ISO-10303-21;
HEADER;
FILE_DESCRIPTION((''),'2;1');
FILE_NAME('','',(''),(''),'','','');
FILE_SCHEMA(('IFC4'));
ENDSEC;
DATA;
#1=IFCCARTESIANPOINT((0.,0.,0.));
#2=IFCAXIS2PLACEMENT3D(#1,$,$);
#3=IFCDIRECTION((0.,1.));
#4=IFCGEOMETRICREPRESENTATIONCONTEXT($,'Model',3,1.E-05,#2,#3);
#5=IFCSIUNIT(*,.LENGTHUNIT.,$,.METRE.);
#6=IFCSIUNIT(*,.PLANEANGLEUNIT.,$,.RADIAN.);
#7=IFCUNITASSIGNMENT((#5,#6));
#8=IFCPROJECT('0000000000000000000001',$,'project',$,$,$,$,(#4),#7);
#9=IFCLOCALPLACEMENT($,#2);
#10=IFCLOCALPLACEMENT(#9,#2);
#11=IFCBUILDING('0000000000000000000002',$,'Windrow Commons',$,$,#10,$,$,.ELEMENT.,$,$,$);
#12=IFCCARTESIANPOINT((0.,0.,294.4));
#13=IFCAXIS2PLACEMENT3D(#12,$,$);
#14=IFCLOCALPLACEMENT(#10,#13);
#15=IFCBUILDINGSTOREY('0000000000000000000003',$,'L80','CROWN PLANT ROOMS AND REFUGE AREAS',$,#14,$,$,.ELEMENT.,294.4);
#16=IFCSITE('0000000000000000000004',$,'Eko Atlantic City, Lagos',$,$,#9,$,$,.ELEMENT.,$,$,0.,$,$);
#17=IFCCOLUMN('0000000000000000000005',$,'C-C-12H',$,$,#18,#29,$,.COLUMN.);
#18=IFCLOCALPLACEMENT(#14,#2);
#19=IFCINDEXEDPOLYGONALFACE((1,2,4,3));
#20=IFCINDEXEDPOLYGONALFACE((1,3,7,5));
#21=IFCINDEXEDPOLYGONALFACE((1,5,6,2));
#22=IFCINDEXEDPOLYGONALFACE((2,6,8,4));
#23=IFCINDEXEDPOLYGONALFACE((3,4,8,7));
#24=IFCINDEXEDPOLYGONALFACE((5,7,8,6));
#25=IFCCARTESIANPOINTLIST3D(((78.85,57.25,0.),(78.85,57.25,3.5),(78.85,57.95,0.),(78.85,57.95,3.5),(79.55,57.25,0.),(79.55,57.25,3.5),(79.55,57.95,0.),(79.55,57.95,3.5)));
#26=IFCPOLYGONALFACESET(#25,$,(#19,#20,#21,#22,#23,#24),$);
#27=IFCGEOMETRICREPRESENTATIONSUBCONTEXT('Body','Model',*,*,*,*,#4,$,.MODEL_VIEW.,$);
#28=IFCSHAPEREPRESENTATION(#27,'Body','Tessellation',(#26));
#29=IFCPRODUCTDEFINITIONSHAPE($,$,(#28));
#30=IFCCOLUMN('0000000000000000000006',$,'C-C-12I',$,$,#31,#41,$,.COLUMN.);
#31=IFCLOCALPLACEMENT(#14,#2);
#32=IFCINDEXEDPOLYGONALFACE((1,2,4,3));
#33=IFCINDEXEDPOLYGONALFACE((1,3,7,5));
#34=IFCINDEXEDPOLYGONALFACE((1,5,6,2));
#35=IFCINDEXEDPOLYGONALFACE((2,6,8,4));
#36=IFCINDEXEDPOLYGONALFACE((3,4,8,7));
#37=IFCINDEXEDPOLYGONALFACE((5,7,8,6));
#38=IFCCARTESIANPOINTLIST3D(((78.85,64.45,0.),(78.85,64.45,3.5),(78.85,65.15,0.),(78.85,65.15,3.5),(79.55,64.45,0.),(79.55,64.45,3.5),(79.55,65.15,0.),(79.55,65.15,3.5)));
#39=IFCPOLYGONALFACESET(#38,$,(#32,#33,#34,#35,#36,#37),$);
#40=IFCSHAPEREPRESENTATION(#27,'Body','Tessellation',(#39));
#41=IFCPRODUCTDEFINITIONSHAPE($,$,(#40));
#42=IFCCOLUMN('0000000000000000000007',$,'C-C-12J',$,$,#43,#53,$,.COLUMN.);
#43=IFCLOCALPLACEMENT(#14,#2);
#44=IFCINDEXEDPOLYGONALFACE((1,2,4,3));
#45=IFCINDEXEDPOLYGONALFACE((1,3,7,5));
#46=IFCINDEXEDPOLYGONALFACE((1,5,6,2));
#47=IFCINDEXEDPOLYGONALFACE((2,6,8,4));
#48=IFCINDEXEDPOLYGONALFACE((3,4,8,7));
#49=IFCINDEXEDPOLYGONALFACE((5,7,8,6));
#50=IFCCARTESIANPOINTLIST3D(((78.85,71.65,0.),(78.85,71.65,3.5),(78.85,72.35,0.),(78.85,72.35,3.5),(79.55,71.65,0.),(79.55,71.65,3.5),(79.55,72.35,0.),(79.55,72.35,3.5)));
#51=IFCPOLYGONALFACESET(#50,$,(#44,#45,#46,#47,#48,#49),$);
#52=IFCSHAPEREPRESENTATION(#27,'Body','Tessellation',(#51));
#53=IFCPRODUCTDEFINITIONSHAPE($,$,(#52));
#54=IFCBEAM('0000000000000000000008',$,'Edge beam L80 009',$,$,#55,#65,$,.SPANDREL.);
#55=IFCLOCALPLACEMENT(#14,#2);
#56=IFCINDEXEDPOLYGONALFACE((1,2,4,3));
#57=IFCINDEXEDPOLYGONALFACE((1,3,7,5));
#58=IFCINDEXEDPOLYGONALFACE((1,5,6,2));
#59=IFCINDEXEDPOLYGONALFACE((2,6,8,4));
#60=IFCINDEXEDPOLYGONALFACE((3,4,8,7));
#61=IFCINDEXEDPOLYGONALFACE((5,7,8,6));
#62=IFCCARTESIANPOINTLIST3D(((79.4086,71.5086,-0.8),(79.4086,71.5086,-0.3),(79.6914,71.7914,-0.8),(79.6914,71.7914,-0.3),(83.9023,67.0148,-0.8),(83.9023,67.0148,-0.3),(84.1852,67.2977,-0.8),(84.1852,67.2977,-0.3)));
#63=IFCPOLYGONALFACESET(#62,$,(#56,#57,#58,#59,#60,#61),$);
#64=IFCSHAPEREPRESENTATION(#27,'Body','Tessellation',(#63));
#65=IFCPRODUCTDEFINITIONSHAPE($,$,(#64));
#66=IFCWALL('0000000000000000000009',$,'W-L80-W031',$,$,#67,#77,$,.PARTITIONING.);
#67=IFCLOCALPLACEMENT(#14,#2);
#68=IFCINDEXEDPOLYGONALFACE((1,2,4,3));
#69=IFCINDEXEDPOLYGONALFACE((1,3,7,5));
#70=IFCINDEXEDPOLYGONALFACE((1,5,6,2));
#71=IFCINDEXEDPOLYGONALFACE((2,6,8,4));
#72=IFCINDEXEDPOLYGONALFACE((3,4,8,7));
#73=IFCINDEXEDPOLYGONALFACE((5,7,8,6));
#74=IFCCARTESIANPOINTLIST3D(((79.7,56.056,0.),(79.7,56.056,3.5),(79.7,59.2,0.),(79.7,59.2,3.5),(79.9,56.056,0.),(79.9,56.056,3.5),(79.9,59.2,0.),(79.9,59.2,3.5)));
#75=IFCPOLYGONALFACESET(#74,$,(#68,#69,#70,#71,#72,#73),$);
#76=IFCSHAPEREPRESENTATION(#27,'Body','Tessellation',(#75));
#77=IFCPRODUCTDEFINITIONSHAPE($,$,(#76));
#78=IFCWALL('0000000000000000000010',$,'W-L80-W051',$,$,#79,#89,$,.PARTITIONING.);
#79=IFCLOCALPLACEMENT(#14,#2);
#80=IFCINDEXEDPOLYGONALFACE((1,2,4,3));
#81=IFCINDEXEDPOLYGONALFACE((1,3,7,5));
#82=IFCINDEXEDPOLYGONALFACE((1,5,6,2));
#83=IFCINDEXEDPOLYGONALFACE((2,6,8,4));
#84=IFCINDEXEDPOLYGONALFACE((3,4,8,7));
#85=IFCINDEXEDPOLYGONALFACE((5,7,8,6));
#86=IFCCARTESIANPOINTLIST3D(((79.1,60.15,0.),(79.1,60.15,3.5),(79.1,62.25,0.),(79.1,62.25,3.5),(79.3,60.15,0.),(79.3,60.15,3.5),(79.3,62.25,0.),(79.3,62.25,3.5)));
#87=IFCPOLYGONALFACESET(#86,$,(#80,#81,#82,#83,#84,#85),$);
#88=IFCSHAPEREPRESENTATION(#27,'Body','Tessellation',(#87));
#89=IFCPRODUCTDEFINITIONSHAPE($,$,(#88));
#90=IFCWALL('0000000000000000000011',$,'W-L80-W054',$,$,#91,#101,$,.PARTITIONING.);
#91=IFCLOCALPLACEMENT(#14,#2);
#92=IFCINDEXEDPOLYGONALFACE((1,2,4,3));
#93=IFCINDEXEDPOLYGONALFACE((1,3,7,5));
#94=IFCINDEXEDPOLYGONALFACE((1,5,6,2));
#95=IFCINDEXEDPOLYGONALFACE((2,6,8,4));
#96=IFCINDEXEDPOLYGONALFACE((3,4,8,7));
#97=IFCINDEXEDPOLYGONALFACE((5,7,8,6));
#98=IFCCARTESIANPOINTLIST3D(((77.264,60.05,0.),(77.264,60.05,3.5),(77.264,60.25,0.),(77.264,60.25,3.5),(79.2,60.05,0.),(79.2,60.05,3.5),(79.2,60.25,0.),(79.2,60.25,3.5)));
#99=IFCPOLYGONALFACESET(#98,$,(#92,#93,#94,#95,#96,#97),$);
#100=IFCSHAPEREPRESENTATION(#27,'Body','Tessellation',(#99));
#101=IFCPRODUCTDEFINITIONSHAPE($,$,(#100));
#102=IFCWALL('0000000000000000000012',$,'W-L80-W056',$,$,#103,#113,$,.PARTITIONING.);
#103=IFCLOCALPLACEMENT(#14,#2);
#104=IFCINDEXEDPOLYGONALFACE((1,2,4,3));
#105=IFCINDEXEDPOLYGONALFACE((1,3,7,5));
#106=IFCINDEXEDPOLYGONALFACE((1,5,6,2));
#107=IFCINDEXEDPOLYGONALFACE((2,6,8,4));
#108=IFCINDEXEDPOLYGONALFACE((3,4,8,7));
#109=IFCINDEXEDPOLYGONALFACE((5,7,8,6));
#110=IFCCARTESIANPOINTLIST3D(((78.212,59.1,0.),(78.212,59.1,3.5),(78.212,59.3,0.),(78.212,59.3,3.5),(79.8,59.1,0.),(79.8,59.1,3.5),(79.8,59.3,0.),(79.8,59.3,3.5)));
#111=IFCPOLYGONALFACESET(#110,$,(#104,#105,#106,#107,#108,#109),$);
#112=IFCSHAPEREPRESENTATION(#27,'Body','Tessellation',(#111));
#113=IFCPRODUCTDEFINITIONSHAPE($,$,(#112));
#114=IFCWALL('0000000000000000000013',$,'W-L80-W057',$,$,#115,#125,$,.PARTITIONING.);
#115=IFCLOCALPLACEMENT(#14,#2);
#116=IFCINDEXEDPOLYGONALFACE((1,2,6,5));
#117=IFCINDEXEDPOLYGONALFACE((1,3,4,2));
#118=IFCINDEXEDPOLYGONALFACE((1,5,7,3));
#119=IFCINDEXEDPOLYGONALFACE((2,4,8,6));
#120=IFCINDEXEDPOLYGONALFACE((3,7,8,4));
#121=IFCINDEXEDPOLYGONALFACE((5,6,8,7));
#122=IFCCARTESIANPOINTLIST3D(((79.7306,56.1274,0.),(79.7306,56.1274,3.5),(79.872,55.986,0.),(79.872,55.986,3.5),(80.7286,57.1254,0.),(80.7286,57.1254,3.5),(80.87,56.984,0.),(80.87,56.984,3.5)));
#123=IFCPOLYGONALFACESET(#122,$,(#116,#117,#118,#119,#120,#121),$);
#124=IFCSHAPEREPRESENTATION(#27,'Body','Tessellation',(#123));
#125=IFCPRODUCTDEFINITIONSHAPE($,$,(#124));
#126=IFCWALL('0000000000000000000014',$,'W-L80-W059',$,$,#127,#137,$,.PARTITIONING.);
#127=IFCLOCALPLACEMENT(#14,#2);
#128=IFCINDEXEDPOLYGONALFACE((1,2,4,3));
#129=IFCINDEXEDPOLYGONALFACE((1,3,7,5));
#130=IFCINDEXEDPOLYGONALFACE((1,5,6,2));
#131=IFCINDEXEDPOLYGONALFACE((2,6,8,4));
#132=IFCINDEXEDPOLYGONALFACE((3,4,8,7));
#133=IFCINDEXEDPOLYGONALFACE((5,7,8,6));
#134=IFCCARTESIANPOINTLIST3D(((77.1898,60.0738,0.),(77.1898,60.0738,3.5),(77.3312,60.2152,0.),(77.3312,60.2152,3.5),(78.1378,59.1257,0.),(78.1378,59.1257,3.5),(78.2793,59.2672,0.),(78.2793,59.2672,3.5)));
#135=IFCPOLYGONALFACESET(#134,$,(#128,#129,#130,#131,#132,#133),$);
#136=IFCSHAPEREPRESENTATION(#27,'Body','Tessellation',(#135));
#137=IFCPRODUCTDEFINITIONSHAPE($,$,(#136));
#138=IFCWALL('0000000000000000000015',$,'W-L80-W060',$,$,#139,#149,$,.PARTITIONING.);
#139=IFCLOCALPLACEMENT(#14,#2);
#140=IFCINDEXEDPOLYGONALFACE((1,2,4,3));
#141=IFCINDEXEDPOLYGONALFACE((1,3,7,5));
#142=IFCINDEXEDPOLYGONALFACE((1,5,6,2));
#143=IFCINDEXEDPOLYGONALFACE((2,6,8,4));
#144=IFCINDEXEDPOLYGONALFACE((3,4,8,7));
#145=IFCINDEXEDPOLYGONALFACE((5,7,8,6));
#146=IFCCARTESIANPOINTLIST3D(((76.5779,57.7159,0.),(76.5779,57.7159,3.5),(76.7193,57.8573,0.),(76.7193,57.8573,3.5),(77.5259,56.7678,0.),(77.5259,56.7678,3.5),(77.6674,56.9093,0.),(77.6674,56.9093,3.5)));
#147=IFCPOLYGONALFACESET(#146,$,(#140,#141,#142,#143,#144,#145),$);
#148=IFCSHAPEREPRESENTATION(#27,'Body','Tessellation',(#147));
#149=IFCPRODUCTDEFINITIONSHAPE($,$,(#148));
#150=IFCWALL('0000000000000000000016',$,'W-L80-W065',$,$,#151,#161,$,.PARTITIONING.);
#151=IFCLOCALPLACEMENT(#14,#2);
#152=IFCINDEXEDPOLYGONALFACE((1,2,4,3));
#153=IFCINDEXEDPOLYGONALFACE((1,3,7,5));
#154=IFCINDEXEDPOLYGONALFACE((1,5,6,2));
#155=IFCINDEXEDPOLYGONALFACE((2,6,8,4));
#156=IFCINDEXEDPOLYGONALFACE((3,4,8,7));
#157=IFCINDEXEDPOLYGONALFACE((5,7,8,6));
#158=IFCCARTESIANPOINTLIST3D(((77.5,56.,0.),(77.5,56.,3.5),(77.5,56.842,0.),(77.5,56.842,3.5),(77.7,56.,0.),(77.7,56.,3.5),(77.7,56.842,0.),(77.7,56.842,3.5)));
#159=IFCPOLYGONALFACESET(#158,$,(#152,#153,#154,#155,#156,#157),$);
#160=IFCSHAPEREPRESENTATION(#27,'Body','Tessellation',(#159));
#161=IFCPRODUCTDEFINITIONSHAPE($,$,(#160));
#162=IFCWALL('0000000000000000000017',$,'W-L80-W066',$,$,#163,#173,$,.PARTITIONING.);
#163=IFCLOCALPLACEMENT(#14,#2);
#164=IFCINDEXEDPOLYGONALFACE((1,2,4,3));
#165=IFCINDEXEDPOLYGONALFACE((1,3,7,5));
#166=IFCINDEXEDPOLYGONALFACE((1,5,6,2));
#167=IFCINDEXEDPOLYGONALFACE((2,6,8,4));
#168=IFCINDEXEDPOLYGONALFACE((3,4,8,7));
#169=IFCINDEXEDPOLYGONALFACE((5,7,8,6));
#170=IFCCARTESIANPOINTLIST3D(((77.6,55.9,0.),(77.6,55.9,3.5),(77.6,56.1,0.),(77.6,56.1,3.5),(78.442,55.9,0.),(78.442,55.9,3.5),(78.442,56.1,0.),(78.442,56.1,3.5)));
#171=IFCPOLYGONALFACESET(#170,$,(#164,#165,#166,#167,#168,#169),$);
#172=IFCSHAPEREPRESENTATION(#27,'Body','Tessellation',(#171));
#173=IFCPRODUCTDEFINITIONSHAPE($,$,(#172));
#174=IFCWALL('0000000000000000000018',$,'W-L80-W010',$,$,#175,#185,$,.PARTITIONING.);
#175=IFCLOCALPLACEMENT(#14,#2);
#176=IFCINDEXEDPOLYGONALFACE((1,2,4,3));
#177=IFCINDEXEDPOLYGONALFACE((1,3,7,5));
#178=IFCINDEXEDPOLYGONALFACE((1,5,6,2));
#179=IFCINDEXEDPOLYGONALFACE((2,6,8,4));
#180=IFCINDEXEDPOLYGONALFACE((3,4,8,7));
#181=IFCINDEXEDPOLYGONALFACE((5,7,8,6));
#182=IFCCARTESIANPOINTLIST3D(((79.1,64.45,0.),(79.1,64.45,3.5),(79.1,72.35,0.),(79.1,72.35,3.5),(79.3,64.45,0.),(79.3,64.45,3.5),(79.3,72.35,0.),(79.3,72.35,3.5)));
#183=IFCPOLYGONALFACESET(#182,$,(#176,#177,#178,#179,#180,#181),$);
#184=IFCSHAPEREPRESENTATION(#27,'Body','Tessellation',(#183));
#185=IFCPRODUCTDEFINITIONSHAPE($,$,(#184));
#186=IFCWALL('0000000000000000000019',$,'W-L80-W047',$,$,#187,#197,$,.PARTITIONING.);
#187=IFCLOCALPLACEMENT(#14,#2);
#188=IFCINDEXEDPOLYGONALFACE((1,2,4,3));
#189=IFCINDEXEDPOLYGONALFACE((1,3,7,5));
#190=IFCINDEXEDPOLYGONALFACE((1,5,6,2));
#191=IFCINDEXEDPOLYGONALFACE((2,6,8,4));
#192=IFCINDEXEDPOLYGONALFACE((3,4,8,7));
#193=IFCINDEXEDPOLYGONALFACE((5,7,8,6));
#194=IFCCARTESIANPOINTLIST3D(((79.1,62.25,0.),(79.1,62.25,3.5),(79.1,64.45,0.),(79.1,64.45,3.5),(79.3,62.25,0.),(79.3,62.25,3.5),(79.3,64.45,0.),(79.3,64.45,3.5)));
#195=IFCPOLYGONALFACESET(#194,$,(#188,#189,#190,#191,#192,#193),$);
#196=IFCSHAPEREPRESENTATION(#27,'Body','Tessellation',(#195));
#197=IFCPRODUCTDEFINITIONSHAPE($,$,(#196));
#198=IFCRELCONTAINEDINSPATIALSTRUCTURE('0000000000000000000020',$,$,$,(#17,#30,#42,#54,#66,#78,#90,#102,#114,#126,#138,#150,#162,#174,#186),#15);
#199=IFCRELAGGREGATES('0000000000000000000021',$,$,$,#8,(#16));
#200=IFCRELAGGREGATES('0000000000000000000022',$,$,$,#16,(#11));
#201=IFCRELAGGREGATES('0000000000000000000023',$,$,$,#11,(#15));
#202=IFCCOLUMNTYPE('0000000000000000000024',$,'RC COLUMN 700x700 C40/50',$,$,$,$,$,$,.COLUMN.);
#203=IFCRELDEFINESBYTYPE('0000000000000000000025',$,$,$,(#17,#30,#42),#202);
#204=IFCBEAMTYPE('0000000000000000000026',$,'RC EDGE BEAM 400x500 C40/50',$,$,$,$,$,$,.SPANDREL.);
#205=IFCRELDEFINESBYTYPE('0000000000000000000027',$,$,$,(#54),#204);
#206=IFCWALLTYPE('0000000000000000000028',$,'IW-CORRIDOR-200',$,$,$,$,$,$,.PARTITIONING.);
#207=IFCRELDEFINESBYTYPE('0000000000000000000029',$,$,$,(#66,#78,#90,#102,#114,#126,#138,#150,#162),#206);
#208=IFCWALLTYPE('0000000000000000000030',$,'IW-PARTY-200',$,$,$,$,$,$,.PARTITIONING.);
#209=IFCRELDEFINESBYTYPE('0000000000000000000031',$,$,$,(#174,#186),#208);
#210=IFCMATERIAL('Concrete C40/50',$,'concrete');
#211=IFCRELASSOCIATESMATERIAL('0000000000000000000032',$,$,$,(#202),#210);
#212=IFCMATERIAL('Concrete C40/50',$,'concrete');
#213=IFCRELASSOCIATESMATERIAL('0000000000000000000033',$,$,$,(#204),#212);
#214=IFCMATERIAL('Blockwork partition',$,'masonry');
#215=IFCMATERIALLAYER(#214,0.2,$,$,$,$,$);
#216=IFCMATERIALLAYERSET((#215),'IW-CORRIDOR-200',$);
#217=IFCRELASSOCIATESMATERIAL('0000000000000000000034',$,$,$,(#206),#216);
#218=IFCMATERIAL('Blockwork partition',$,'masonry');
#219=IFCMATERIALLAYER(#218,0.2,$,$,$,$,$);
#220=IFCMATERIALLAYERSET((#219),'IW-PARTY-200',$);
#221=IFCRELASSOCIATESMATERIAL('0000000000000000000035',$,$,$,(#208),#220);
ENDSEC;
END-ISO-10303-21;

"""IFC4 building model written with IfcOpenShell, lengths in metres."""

from ifc_helpers import new_model, si_unit, direction, frame, frame_2d, origin, origin_2d, place, context, subcontext, project, spatial, rectangle, extrude, material, layer, layer_set, material_profile, profile_set, type_object, element, save


model = new_model("IFC4")

# Units and contexts
model_context = context("Model", 3, precision=1e-05, world=origin(), true_north=direction((0.0, 1.0)))
body_context = subcontext(model_context, "Body", "Model", "MODEL_VIEW")
ifc_project = project(units=[si_unit("LENGTHUNIT", "METRE"), si_unit("PLANEANGLEUNIT", "RADIAN")], contexts=[model_context])

# Site, building, storey
site_placement = place(None, origin())
site = spatial("IfcSite", under=ifc_project, at=site_placement, Name="Eko Atlantic City, Lagos", CompositionType="ELEMENT", RefElevation=0.0)
building_placement = place(site_placement, origin())
building = spatial("IfcBuilding", under=site, at=building_placement, Name="Windrow Commons", CompositionType="ELEMENT")
storey_placement = place(building_placement, frame((0.0, 0.0, 294.4)))
storey = spatial("IfcBuildingStorey", under=building, at=storey_placement, Name="L80", Description="CROWN PLANT ROOMS AND REFUGE AREAS", CompositionType="ELEMENT", Elevation=294.4)

# Columns
ifc_material_1 = material(Name="Concrete C40/50", Category="concrete")
ifc_material_profile_1 = material_profile(ifc_material_1, rectangle(XDim=0.7, YDim=0.7, at=origin_2d()))
ifc_profile_set_1 = profile_set([ifc_material_profile_1], Name="Concrete C40/50")
column_type = type_object("IfcColumnType", Name="RC COLUMN 700x700 C40/50", PredefinedType="COLUMN", material=ifc_profile_set_1)
for number, where, z_axis, x_axis, name in (
    (1, (79.2, 57.6, 0.0), (0.0, 0.0, 1.0), (1.0, 0.0, 0.0), "C-C-12H"),
    (2, (79.2, 64.8, 0.0), (0.0, 0.0, 1.0), (1.0, 0.0, 0.0), "C-C-12I"),
    (3, (79.2, 72.0, 0.0), (0.0, 0.0, 1.0), (1.0, 0.0, 0.0), "C-C-12J"),
):
    element("IfcColumn", number, at=place(storey_placement, frame(where, z_axis=z_axis, x_axis=x_axis)), inside=storey, type_object=column_type, Name=name, PredefinedType="COLUMN", context=body_context, shape_type="SweptSolid", body=[
        extrude(rectangle(XDim=0.7, YDim=0.7, at=origin_2d()), origin(), (0.0, 0.0, 1.0), 3.5),
    ])

# Beam
ifc_material_2 = material(Name="Concrete C40/50", Category="concrete")
ifc_material_profile_2 = material_profile(ifc_material_2, rectangle(XDim=0.4, YDim=0.5, at=origin_2d()))
ifc_profile_set_2 = profile_set([ifc_material_profile_2], Name="Concrete C40/50")
beam_type = type_object("IfcBeamType", Name="RC EDGE BEAM 400x500 C40/50", PredefinedType="SPANDREL", material=ifc_profile_set_2)
beam_placement = place(storey_placement, frame((79.55, 71.65, -0.55), z_axis=(0.707107, -0.707107, 0.0), x_axis=(0.707107, 0.707107, 0.0)))
element("IfcBeam", 4, at=beam_placement, inside=storey, type_object=beam_type, Name="Edge beam L80 009", PredefinedType="SPANDREL", context=body_context, shape_type="SweptSolid", body=[
    extrude(rectangle(XDim=0.4, YDim=0.5, at=origin_2d()), origin(), (0.0, 0.0, 1.0), 6.3551),
])

# Walls
ifc_material_3 = material(Name="Blockwork partition", Category="masonry")
ifc_layer_1 = layer(ifc_material_3, 0.2)
ifc_layer_set_1 = layer_set([ifc_layer_1], Name="IW-CORRIDOR-200")
wall_type_1 = type_object("IfcWallType", Name="IW-CORRIDOR-200", PredefinedType="PARTITIONING", material=ifc_layer_set_1)
wall_1_placement = place(storey_placement, frame((79.8, 56.056, 0.0), z_axis=(0.0, 0.0, 1.0), x_axis=(0.0, 1.0, 0.0)))
element("IfcWall", 5, at=wall_1_placement, inside=storey, type_object=wall_type_1, Name="W-L80-W031", PredefinedType="PARTITIONING", context=body_context, shape_type="SweptSolid", body=[
    extrude(rectangle(XDim=3.144, YDim=0.2, at=frame_2d((1.572, 0.0))), origin(), (0.0, 0.0, 1.0), 3.5),
])
wall_2_placement = place(storey_placement, frame((79.2, 60.15, 0.0), z_axis=(0.0, 0.0, 1.0), x_axis=(0.0, 1.0, 0.0)))
element("IfcWall", 6, at=wall_2_placement, inside=storey, type_object=wall_type_1, Name="W-L80-W051", PredefinedType="PARTITIONING", context=body_context, shape_type="SweptSolid", body=[
    extrude(rectangle(XDim=2.1, YDim=0.2, at=frame_2d((1.05, 0.0))), origin(), (0.0, 0.0, 1.0), 3.5),
])
wall_3_placement = place(storey_placement, frame((77.264, 60.15, 0.0), z_axis=(0.0, 0.0, 1.0), x_axis=(1.0, 0.0, 0.0)))
element("IfcWall", 7, at=wall_3_placement, inside=storey, type_object=wall_type_1, Name="W-L80-W054", PredefinedType="PARTITIONING", context=body_context, shape_type="SweptSolid", body=[
    extrude(rectangle(XDim=1.936, YDim=0.2, at=frame_2d((0.968, 0.0))), origin(), (0.0, 0.0, 1.0), 3.5),
])
wall_4_placement = place(storey_placement, frame((78.212, 59.2, 0.0), z_axis=(0.0, 0.0, 1.0), x_axis=(1.0, 0.0, 0.0)))
element("IfcWall", 8, at=wall_4_placement, inside=storey, type_object=wall_type_1, Name="W-L80-W056", PredefinedType="PARTITIONING", context=body_context, shape_type="SweptSolid", body=[
    extrude(rectangle(XDim=1.588, YDim=0.2, at=frame_2d((0.794, 0.0))), origin(), (0.0, 0.0, 1.0), 3.5),
])
wall_5_placement = place(storey_placement, frame((79.8013, 56.0567, 0.0), z_axis=(0.0, 0.0, 1.0), x_axis=(0.707107, 0.707107, 0.0)))
element("IfcWall", 9, at=wall_5_placement, inside=storey, type_object=wall_type_1, Name="W-L80-W057", PredefinedType="PARTITIONING", context=body_context, shape_type="SweptSolid", body=[
    extrude(rectangle(XDim=1.4114, YDim=0.2, at=frame_2d((0.7057, 0.0))), origin(), (0.0, 0.0, 1.0), 3.5),
])
for number, where, z_axis, x_axis, name in (
    (10, (77.2605, 60.1445, 0.0), (0.0, 0.0, 1.0), (0.707107, -0.707107, 0.0), "W-L80-W059"),
    (11, (76.6486, 57.7866, 0.0), (0.0, 0.0, 1.0), (0.707107, -0.707107, 0.0), "W-L80-W060"),
):
    element("IfcWall", number, at=place(storey_placement, frame(where, z_axis=z_axis, x_axis=x_axis)), inside=storey, type_object=wall_type_1, Name=name, PredefinedType="PARTITIONING", context=body_context, shape_type="SweptSolid", body=[
        extrude(rectangle(XDim=1.3407, YDim=0.2, at=frame_2d((0.6704, 0.0))), origin(), (0.0, 0.0, 1.0), 3.5),
    ])
for number, where, z_axis, x_axis, name in (
    (12, (77.6, 56.0, 0.0), (0.0, 0.0, 1.0), (0.0, 1.0, 0.0), "W-L80-W065"),
    (13, (77.6, 56.0, 0.0), (0.0, 0.0, 1.0), (1.0, 0.0, 0.0), "W-L80-W066"),
):
    element("IfcWall", number, at=place(storey_placement, frame(where, z_axis=z_axis, x_axis=x_axis)), inside=storey, type_object=wall_type_1, Name=name, PredefinedType="PARTITIONING", context=body_context, shape_type="SweptSolid", body=[
        extrude(rectangle(XDim=0.842, YDim=0.2, at=frame_2d((0.421, 0.0))), origin(), (0.0, 0.0, 1.0), 3.5),
    ])
ifc_material_4 = material(Name="Blockwork partition", Category="masonry")
ifc_layer_2 = layer(ifc_material_4, 0.2)
ifc_layer_set_2 = layer_set([ifc_layer_2], Name="IW-PARTY-200")
wall_type_2 = type_object("IfcWallType", Name="IW-PARTY-200", PredefinedType="PARTITIONING", material=ifc_layer_set_2)
wall_6_placement = place(storey_placement, frame((79.2, 64.45, 0.0), z_axis=(0.0, 0.0, 1.0), x_axis=(0.0, 1.0, 0.0)))
element("IfcWall", 14, at=wall_6_placement, inside=storey, type_object=wall_type_2, Name="W-L80-W010", PredefinedType="PARTITIONING", context=body_context, shape_type="SweptSolid", body=[
    extrude(rectangle(XDim=7.9, YDim=0.2, at=frame_2d((3.95, 0.0))), origin(), (0.0, 0.0, 1.0), 3.5),
])
wall_7_placement = place(storey_placement, frame((79.2, 62.25, 0.0), z_axis=(0.0, 0.0, 1.0), x_axis=(0.0, 1.0, 0.0)))
element("IfcWall", 15, at=wall_7_placement, inside=storey, type_object=wall_type_2, Name="W-L80-W047", PredefinedType="PARTITIONING", context=body_context, shape_type="SweptSolid", body=[
    extrude(rectangle(XDim=2.2, YDim=0.2, at=frame_2d((1.1, 0.0))), origin(), (0.0, 0.0, 1.0), 3.5),
])

save(model, "model.ifc")
